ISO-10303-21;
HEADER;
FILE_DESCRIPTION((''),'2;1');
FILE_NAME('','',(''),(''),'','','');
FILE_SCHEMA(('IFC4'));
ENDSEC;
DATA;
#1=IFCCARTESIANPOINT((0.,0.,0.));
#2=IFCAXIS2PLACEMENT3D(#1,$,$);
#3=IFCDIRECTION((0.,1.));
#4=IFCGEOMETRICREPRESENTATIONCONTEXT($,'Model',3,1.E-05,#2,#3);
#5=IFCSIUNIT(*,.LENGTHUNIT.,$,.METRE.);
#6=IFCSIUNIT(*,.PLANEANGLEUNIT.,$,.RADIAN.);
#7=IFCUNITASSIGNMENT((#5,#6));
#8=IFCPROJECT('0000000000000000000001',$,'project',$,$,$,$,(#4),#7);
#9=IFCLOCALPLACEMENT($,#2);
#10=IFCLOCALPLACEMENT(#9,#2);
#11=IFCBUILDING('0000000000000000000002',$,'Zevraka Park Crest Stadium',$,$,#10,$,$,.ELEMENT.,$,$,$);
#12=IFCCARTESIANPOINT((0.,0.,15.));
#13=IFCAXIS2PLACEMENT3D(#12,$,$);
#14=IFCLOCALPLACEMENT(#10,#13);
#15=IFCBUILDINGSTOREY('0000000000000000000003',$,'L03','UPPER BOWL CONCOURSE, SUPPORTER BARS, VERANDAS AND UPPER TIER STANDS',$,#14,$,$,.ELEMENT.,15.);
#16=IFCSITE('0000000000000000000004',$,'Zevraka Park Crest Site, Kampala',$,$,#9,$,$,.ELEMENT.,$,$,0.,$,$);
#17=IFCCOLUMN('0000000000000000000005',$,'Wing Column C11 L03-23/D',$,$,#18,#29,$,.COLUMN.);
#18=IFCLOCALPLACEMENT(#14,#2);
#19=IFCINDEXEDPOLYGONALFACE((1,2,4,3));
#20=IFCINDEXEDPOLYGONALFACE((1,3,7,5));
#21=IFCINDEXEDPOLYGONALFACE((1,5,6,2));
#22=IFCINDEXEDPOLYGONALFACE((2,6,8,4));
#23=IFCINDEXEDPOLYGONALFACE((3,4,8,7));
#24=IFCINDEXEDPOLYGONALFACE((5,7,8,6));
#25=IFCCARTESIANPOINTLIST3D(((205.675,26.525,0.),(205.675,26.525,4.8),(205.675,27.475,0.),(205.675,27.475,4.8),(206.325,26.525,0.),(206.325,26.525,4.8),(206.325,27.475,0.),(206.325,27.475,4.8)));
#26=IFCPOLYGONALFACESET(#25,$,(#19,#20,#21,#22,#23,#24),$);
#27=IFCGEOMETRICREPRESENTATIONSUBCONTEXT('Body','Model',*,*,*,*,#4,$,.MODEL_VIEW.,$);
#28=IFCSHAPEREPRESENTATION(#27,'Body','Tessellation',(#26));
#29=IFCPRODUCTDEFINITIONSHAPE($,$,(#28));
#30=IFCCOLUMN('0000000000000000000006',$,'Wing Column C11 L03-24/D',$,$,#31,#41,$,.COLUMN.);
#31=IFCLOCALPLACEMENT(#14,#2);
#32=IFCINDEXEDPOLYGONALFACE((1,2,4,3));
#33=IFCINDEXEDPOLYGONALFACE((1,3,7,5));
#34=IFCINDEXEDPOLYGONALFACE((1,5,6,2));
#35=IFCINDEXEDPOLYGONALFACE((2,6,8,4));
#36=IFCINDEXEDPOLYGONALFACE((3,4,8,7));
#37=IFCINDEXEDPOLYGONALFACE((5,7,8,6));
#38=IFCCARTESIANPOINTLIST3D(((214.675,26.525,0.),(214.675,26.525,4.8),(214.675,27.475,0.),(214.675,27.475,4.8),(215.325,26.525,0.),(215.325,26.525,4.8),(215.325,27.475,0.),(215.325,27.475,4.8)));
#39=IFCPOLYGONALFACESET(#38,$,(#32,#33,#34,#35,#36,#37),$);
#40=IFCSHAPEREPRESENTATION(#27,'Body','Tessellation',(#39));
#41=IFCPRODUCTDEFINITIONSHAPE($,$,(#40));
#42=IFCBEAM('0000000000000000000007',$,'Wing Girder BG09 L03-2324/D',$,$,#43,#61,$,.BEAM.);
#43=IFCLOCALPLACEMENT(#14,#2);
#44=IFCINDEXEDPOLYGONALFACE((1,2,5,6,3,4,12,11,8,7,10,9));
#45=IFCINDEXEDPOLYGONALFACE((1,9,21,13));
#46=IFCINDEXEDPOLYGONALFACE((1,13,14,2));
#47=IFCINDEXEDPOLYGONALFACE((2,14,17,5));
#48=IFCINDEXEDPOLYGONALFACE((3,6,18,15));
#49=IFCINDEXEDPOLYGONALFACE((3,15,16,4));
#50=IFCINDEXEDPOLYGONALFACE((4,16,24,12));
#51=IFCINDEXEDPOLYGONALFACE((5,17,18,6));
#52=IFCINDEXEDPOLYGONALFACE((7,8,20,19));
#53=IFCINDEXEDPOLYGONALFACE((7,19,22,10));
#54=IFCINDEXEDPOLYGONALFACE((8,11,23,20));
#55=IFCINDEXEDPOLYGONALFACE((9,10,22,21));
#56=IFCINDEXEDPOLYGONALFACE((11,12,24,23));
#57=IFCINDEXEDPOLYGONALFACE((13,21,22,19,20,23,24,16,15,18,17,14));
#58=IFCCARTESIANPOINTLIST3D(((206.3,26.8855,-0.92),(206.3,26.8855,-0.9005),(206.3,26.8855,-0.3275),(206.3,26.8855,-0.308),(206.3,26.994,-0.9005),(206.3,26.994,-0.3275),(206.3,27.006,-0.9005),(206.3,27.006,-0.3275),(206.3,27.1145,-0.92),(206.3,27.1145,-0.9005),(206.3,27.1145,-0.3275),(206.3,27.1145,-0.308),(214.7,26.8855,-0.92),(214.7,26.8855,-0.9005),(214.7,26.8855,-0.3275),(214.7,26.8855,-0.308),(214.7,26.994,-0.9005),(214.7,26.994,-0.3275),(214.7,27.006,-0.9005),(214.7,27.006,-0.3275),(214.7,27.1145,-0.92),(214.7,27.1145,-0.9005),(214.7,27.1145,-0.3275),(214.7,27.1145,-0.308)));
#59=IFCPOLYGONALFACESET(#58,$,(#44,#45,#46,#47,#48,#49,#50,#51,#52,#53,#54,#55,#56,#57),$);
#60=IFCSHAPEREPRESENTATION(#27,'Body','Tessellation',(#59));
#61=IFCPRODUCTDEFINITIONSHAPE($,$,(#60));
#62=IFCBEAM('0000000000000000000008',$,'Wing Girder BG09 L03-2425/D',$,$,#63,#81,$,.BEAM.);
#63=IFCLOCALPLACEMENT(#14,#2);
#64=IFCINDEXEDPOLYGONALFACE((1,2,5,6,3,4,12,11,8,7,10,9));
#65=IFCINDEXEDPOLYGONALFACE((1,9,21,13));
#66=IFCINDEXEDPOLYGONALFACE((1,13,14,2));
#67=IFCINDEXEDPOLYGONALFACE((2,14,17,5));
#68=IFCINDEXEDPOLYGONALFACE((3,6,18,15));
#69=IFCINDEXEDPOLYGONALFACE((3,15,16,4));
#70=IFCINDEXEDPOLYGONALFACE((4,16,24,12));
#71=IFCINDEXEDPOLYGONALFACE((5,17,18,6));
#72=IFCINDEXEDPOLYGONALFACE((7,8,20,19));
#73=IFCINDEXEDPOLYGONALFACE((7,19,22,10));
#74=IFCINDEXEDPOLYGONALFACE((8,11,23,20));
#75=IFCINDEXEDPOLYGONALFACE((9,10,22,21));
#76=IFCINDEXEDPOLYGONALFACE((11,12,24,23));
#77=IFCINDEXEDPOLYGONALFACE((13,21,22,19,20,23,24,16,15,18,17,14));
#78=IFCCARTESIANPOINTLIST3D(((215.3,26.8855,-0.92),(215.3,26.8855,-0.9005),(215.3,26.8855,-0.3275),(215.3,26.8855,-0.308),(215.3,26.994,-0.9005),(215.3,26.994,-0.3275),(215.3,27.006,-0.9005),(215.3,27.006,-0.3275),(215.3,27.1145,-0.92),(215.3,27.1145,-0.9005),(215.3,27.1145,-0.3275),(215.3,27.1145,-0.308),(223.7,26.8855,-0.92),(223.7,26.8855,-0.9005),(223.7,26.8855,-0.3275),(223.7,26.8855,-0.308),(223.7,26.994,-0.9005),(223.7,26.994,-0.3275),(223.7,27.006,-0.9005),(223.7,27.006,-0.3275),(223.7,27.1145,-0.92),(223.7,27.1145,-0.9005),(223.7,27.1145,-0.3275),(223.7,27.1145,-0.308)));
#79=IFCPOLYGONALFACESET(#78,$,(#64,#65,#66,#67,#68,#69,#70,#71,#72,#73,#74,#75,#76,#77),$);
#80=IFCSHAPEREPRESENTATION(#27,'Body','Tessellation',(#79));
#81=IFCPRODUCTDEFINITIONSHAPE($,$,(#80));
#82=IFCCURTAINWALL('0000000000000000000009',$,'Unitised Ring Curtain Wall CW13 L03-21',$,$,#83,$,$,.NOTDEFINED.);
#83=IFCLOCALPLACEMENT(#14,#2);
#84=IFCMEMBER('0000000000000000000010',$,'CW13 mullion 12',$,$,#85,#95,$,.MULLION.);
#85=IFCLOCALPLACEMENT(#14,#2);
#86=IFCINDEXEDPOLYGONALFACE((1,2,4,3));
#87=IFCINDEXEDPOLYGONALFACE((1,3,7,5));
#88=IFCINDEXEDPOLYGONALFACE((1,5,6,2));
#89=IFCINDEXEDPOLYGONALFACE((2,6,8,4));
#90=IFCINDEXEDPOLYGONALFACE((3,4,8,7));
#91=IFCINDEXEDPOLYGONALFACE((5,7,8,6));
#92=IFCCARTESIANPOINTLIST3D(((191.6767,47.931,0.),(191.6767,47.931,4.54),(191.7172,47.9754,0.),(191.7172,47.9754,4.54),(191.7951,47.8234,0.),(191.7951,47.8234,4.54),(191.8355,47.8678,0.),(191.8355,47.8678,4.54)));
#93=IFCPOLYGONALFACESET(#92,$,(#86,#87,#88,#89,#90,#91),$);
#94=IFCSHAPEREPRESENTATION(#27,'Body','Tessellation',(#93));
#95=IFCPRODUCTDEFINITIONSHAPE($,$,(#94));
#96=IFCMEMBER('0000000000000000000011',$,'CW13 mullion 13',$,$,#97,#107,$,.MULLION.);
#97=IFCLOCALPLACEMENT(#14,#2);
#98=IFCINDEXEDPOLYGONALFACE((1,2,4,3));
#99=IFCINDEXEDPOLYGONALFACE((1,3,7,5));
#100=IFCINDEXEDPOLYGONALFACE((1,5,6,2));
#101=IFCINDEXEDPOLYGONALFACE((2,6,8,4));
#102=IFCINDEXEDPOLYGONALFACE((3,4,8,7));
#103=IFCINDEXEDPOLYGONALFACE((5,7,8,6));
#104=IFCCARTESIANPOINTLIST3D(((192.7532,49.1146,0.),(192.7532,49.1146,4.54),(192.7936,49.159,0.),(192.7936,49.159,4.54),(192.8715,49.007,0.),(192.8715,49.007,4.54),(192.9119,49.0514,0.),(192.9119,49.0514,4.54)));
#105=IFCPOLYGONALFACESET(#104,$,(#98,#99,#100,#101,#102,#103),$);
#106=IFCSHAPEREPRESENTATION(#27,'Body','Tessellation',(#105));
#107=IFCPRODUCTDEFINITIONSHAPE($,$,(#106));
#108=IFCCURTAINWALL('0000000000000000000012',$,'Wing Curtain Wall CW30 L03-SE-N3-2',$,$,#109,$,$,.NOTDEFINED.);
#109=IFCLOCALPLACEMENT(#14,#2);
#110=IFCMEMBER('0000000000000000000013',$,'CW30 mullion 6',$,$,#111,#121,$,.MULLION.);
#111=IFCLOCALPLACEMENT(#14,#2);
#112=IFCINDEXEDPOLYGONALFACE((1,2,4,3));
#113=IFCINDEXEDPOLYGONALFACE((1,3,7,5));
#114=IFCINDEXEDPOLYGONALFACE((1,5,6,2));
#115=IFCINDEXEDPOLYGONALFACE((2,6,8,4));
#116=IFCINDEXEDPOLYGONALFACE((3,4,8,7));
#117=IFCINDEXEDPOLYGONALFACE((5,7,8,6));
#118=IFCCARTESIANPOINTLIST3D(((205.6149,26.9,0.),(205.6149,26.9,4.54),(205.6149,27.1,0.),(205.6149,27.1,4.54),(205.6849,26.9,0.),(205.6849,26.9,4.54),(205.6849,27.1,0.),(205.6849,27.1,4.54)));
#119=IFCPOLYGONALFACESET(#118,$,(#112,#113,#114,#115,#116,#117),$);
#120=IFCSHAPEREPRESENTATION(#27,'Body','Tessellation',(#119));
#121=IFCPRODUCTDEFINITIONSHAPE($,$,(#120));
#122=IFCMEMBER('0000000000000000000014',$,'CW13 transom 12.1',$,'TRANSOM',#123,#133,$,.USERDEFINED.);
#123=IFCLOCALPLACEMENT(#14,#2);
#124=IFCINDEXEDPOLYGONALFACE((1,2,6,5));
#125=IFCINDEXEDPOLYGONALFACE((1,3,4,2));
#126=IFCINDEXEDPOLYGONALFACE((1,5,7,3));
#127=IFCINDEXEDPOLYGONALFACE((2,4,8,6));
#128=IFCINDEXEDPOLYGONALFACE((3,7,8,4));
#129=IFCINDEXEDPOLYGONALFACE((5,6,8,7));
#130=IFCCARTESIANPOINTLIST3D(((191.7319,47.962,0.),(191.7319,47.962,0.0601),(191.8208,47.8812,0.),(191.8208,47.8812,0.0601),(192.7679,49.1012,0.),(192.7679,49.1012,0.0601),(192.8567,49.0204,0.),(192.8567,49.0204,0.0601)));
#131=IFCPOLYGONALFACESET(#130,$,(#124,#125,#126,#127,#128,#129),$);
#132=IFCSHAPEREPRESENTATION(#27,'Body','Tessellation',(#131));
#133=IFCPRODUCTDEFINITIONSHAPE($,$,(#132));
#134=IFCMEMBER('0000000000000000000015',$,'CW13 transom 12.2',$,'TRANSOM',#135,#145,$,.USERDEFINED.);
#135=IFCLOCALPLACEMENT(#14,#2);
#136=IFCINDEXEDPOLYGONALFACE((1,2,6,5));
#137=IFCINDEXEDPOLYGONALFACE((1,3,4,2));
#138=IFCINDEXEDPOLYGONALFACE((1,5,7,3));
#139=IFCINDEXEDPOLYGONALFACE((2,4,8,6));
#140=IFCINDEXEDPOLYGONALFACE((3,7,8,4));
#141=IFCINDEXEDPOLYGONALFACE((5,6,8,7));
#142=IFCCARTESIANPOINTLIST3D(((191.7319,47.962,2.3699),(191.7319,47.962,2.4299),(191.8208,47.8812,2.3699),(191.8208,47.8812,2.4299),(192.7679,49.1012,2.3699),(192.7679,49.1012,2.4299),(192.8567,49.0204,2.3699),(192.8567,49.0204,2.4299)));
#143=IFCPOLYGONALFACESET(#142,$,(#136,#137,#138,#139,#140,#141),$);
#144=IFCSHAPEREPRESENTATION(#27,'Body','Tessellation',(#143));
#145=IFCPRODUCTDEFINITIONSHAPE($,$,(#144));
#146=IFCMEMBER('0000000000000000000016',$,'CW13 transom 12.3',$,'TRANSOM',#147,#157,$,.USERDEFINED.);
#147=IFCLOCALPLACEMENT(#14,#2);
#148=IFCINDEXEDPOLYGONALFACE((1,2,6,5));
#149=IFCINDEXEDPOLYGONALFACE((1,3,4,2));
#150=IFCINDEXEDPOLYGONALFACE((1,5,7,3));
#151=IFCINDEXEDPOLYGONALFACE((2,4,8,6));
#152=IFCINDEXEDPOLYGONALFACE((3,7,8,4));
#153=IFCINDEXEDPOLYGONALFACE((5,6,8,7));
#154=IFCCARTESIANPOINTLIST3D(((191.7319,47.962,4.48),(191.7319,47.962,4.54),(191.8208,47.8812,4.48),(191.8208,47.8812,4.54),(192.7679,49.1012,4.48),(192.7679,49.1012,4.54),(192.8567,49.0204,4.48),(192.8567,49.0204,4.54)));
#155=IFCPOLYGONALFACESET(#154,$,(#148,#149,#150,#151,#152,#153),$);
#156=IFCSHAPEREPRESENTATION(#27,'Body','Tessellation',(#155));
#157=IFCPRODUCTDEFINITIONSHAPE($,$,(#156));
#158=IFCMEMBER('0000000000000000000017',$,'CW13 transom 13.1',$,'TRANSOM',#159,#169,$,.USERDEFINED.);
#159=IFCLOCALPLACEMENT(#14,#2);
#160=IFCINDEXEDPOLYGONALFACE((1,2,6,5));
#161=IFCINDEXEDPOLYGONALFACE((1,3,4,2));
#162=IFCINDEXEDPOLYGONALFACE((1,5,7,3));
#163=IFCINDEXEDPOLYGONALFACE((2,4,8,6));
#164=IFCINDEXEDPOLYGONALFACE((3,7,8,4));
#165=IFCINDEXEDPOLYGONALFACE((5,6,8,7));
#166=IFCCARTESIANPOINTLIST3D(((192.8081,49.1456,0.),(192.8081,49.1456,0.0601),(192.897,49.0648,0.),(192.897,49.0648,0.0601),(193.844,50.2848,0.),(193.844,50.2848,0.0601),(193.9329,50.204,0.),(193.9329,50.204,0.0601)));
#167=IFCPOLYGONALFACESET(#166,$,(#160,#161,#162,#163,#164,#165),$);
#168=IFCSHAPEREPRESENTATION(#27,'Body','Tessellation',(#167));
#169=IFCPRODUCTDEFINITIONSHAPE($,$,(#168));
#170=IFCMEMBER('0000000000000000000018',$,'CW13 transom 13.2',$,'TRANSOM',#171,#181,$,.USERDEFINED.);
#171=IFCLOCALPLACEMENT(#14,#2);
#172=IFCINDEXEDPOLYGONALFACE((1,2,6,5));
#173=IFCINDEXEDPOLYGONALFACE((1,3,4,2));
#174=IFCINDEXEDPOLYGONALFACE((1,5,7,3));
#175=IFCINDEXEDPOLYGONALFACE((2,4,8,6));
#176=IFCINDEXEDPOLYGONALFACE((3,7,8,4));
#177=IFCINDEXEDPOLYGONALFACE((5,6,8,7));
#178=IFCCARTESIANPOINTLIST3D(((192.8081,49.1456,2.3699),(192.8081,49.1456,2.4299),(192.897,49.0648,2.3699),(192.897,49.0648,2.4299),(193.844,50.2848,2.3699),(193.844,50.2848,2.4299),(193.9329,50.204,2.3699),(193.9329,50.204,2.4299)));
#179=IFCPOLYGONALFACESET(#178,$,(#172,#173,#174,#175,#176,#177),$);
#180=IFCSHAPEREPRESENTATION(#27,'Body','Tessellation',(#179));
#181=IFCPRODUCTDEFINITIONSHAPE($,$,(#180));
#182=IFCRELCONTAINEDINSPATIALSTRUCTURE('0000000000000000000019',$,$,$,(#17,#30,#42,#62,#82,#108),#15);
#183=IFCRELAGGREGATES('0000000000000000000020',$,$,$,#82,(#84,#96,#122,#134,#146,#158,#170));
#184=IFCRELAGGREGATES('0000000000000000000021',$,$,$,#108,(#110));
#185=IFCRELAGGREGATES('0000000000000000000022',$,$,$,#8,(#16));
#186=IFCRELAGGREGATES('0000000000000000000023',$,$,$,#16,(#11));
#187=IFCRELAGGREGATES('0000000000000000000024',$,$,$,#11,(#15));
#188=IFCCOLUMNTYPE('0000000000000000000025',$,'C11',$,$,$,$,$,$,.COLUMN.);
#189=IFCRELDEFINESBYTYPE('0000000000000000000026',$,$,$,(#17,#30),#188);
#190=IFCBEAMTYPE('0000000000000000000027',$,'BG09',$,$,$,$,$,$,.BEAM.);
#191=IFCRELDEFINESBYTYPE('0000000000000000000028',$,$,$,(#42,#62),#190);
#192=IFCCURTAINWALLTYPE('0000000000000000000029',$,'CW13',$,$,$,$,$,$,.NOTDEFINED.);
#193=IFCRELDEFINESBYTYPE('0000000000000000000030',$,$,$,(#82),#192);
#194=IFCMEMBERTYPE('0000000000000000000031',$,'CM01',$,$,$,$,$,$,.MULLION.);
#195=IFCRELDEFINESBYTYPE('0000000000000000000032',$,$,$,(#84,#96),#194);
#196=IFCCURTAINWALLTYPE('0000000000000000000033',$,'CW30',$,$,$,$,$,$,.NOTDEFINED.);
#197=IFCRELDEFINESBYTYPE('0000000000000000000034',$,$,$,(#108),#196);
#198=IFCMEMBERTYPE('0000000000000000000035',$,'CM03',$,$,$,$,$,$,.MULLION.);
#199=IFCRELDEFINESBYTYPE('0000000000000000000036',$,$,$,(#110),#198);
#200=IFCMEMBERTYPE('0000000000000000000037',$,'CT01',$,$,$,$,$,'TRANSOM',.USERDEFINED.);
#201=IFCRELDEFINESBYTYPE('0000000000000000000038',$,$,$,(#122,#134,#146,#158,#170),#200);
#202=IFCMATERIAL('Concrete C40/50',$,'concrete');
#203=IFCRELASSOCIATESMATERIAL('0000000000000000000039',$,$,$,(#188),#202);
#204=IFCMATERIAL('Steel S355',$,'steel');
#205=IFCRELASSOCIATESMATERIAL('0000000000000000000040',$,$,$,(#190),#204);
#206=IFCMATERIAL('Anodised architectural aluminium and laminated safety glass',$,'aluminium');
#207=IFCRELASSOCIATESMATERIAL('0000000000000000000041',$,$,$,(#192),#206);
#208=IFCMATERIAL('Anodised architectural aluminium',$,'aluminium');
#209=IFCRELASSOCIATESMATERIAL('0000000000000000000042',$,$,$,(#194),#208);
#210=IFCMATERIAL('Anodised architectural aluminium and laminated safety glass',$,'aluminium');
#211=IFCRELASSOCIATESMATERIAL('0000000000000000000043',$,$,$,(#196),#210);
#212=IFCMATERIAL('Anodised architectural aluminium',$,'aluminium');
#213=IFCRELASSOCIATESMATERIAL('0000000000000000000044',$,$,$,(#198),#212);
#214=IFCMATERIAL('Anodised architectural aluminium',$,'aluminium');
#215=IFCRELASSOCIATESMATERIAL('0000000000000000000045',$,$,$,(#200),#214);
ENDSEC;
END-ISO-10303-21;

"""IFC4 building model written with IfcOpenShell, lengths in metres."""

from ifc_helpers import new_model, si_unit, direction, frame, origin, origin_2d, place, context, subcontext, project, spatial, rectangle, i_section, extrude, material, material_profile, profile_set, type_object, element, aggregate, save


model = new_model("IFC4")

# Units and contexts
model_context = context("Model", 3, precision=1e-05, world=origin(), true_north=direction((0.0, 1.0)))
body_context = subcontext(model_context, "Body", "Model", "MODEL_VIEW")
ifc_project = project(units=[si_unit("LENGTHUNIT", "METRE"), si_unit("PLANEANGLEUNIT", "RADIAN")], contexts=[model_context])

# Site, building, storey
site_placement = place(None, origin())
site = spatial("IfcSite", under=ifc_project, at=site_placement, Name="Zevraka Park Crest Site, Kampala", CompositionType="ELEMENT", RefElevation=0.0)
building_placement = place(site_placement, origin())
building = spatial("IfcBuilding", under=site, at=building_placement, Name="Zevraka Park Crest Stadium", CompositionType="ELEMENT")
storey_placement = place(building_placement, frame((0.0, 0.0, 15.0)))
storey = spatial("IfcBuildingStorey", under=building, at=storey_placement, Name="L03", Description="UPPER BOWL CONCOURSE, SUPPORTER BARS, VERANDAS AND UPPER TIER STANDS", CompositionType="ELEMENT", Elevation=15.0)

# Columns
ifc_material_1 = material(Name="Concrete C40/50", Category="concrete")
ifc_material_profile_1 = material_profile(ifc_material_1, rectangle(XDim=0.6499, YDim=0.95, at=origin_2d()), Name="RC 950x650")
ifc_profile_set_1 = profile_set([ifc_material_profile_1], Name="Concrete C40/50")
column_type = type_object("IfcColumnType", Name="C11", PredefinedType="COLUMN", material=ifc_profile_set_1)
for number, where, z_axis, x_axis, name in (
    (1, (206.0, 27.0, 0.0), (0.0, 0.0, 1.0), (1.0, 0.0, 0.0), "Wing Column C11 L03-23/D"),
    (2, (215.0, 27.0, 0.0), (0.0, 0.0, 1.0), (1.0, 0.0, 0.0), "Wing Column C11 L03-24/D"),
):
    element("IfcColumn", number, at=place(storey_placement, frame(where, z_axis=z_axis, x_axis=x_axis)), inside=storey, type_object=column_type, Name=name, PredefinedType="COLUMN", context=body_context, shape_type="SweptSolid", body=[
        extrude(rectangle(XDim=0.6499, YDim=0.95, at=origin_2d()), origin(), (0.0, 0.0, 1.0), 4.8),
    ])

# Beams
ifc_material_2 = material(Name="Steel S355", Category="steel")
ifc_material_profile_2 = material_profile(ifc_material_2, i_section(OverallWidth=0.229, OverallDepth=0.6121, WebThickness=0.012, FlangeThickness=0.0195, at=origin_2d()), Name="UKB 610x229x125")
ifc_profile_set_2 = profile_set([ifc_material_profile_2], Name="Steel S355")
beam_type = type_object("IfcBeamType", Name="BG09", PredefinedType="BEAM", material=ifc_profile_set_2)
for number, where, z_axis, x_axis, name in (
    (3, (206.3, 27.0, -0.614), (1.0, 0.0, 0.0), (0.0, 1.0, 0.0), "Wing Girder BG09 L03-2324/D"),
    (4, (215.3, 27.0, -0.614), (1.0, 0.0, 0.0), (0.0, 1.0, 0.0), "Wing Girder BG09 L03-2425/D"),
):
    element("IfcBeam", number, at=place(storey_placement, frame(where, z_axis=z_axis, x_axis=x_axis)), inside=storey, type_object=beam_type, Name=name, PredefinedType="BEAM", context=body_context, shape_type="SweptSolid", body=[
        extrude(i_section(OverallWidth=0.229, OverallDepth=0.6121, WebThickness=0.012, FlangeThickness=0.0195, at=origin_2d()), origin(), (0.0, 0.0, 1.0), 8.3999),
    ])

# Curtain wall, members
ifc_material_3 = material(Name="Anodised architectural aluminium and laminated safety glass", Category="aluminium")
curtain_wall_type_1 = type_object("IfcCurtainWallType", Name="CW13", PredefinedType="NOTDEFINED", material=ifc_material_3)
curtain_wall_1_placement = place(storey_placement, origin())
curtain_wall_1 = element("IfcCurtainWall", 5, at=curtain_wall_1_placement, inside=storey, type_object=curtain_wall_type_1, Name="Unitised Ring Curtain Wall CW13 L03-21", PredefinedType="NOTDEFINED")
ifc_material_4 = material(Name="Anodised architectural aluminium", Category="aluminium")
ifc_material_profile_3 = material_profile(ifc_material_4, rectangle(XDim=0.1599, YDim=0.0601, at=origin_2d()), Name="ALU MULLION 160x60")
ifc_profile_set_3 = profile_set([ifc_material_profile_3], Name="Anodised architectural aluminium")
member_type_1 = type_object("IfcMemberType", Name="CM01", PredefinedType="MULLION", material=ifc_profile_set_3)
member_1_placement = place(storey_placement, frame((191.7561, 47.8994, 0.0), z_axis=(0.0, 0.0, 1.0), x_axis=(-0.739823, 0.672802, 0.0)))
member_1 = element("IfcMember", 6, at=member_1_placement, type_object=member_type_1, Name="CW13 mullion 12", PredefinedType="MULLION", context=body_context, shape_type="SweptSolid", body=[
    extrude(rectangle(XDim=0.1599, YDim=0.0601, at=origin_2d()), origin(), (0.0, 0.0, 1.0), 4.54),
])
member_2_placement = place(storey_placement, frame((192.8325, 49.083, 0.0), z_axis=(0.0, 0.0, 1.0), x_axis=(-0.739823, 0.672802, 0.0)))
member_2 = element("IfcMember", 7, at=member_2_placement, type_object=member_type_1, Name="CW13 mullion 13", PredefinedType="MULLION", context=body_context, shape_type="SweptSolid", body=[
    extrude(rectangle(XDim=0.1599, YDim=0.0601, at=origin_2d()), origin(), (0.0, 0.0, 1.0), 4.54),
])

# Curtain wall, member
ifc_material_5 = material(Name="Anodised architectural aluminium and laminated safety glass", Category="aluminium")
curtain_wall_type_2 = type_object("IfcCurtainWallType", Name="CW30", PredefinedType="NOTDEFINED", material=ifc_material_5)
curtain_wall_2_placement = place(storey_placement, origin())
curtain_wall_2 = element("IfcCurtainWall", 8, at=curtain_wall_2_placement, inside=storey, type_object=curtain_wall_type_2, Name="Wing Curtain Wall CW30 L03-SE-N3-2", PredefinedType="NOTDEFINED")
ifc_material_6 = material(Name="Anodised architectural aluminium", Category="aluminium")
ifc_material_profile_4 = material_profile(ifc_material_6, rectangle(XDim=0.2, YDim=0.0701, at=origin_2d()), Name="ALU MULLION 200x70")
ifc_profile_set_4 = profile_set([ifc_material_profile_4], Name="Anodised architectural aluminium")
member_type_2 = type_object("IfcMemberType", Name="CM03", PredefinedType="MULLION", material=ifc_profile_set_4)
member_3_placement = place(storey_placement, frame((205.6499, 27.0, 0.0), z_axis=(0.0, 0.0, 1.0), x_axis=(0.0, 1.0, 0.0)))
member_3 = element("IfcMember", 9, at=member_3_placement, type_object=member_type_2, Name="CW30 mullion 6", PredefinedType="MULLION", context=body_context, shape_type="SweptSolid", body=[
    extrude(rectangle(XDim=0.2, YDim=0.0701, at=origin_2d()), origin(), (0.0, 0.0, 1.0), 4.54),
])

# Members
ifc_material_7 = material(Name="Anodised architectural aluminium", Category="aluminium")
ifc_material_profile_5 = material_profile(ifc_material_7, rectangle(XDim=0.1201, YDim=0.0601, at=origin_2d()), Name="ALU TRANSOM 120x60")
ifc_profile_set_5 = profile_set([ifc_material_profile_5], Name="Anodised architectural aluminium")
member_type_3 = type_object("IfcMemberType", Name="CT01", ElementType="TRANSOM", PredefinedType="USERDEFINED", material=ifc_profile_set_5)
member_4_placement = place(storey_placement, frame((191.7764, 47.9216, 0.03), z_axis=(0.672775, 0.739847, 0.0), x_axis=(-0.739847, 0.672775, 0.0)))
member_4 = element("IfcMember", 10, at=member_4_placement, type_object=member_type_3, Name="CW13 transom 12.1", ObjectType="TRANSOM", PredefinedType="USERDEFINED", context=body_context, shape_type="SweptSolid", body=[
    extrude(rectangle(XDim=0.1201, YDim=0.0601, at=origin_2d()), origin(), (0.0, 0.0, 1.0), 1.5398),
])
member_5_placement = place(storey_placement, frame((191.7764, 47.9216, 2.3999), z_axis=(0.672775, 0.739847, 0.0), x_axis=(-0.739847, 0.672775, 0.0)))
member_5 = element("IfcMember", 11, at=member_5_placement, type_object=member_type_3, Name="CW13 transom 12.2", ObjectType="TRANSOM", PredefinedType="USERDEFINED", context=body_context, shape_type="SweptSolid", body=[
    extrude(rectangle(XDim=0.1201, YDim=0.0601, at=origin_2d()), origin(), (0.0, 0.0, 1.0), 1.5398),
])
member_6_placement = place(storey_placement, frame((191.7764, 47.9216, 4.51), z_axis=(0.672775, 0.739847, 0.0), x_axis=(-0.739847, 0.672775, 0.0)))
member_6 = element("IfcMember", 12, at=member_6_placement, type_object=member_type_3, Name="CW13 transom 12.3", ObjectType="TRANSOM", PredefinedType="USERDEFINED", context=body_context, shape_type="SweptSolid", body=[
    extrude(rectangle(XDim=0.1201, YDim=0.0601, at=origin_2d()), origin(), (0.0, 0.0, 1.0), 1.5398),
])
member_7_placement = place(storey_placement, frame((192.8525, 49.1052, 0.03), z_axis=(0.672775, 0.739847, 0.0), x_axis=(-0.739847, 0.672775, 0.0)))
member_7 = element("IfcMember", 13, at=member_7_placement, type_object=member_type_3, Name="CW13 transom 13.1", ObjectType="TRANSOM", PredefinedType="USERDEFINED", context=body_context, shape_type="SweptSolid", body=[
    extrude(rectangle(XDim=0.1201, YDim=0.0601, at=origin_2d()), origin(), (0.0, 0.0, 1.0), 1.5398),
])
member_8_placement = place(storey_placement, frame((192.8525, 49.1052, 2.3999), z_axis=(0.672775, 0.739847, 0.0), x_axis=(-0.739847, 0.672775, 0.0)))
member_8 = element("IfcMember", 14, at=member_8_placement, type_object=member_type_3, Name="CW13 transom 13.2", ObjectType="TRANSOM", PredefinedType="USERDEFINED", context=body_context, shape_type="SweptSolid", body=[
    extrude(rectangle(XDim=0.1201, YDim=0.0601, at=origin_2d()), origin(), (0.0, 0.0, 1.0), 1.5398),
])

aggregate(curtain_wall_1, [member_1, member_2, member_4, member_5, member_6, member_7, member_8])
aggregate(curtain_wall_2, [member_3])

save(model, "model.ifc")
